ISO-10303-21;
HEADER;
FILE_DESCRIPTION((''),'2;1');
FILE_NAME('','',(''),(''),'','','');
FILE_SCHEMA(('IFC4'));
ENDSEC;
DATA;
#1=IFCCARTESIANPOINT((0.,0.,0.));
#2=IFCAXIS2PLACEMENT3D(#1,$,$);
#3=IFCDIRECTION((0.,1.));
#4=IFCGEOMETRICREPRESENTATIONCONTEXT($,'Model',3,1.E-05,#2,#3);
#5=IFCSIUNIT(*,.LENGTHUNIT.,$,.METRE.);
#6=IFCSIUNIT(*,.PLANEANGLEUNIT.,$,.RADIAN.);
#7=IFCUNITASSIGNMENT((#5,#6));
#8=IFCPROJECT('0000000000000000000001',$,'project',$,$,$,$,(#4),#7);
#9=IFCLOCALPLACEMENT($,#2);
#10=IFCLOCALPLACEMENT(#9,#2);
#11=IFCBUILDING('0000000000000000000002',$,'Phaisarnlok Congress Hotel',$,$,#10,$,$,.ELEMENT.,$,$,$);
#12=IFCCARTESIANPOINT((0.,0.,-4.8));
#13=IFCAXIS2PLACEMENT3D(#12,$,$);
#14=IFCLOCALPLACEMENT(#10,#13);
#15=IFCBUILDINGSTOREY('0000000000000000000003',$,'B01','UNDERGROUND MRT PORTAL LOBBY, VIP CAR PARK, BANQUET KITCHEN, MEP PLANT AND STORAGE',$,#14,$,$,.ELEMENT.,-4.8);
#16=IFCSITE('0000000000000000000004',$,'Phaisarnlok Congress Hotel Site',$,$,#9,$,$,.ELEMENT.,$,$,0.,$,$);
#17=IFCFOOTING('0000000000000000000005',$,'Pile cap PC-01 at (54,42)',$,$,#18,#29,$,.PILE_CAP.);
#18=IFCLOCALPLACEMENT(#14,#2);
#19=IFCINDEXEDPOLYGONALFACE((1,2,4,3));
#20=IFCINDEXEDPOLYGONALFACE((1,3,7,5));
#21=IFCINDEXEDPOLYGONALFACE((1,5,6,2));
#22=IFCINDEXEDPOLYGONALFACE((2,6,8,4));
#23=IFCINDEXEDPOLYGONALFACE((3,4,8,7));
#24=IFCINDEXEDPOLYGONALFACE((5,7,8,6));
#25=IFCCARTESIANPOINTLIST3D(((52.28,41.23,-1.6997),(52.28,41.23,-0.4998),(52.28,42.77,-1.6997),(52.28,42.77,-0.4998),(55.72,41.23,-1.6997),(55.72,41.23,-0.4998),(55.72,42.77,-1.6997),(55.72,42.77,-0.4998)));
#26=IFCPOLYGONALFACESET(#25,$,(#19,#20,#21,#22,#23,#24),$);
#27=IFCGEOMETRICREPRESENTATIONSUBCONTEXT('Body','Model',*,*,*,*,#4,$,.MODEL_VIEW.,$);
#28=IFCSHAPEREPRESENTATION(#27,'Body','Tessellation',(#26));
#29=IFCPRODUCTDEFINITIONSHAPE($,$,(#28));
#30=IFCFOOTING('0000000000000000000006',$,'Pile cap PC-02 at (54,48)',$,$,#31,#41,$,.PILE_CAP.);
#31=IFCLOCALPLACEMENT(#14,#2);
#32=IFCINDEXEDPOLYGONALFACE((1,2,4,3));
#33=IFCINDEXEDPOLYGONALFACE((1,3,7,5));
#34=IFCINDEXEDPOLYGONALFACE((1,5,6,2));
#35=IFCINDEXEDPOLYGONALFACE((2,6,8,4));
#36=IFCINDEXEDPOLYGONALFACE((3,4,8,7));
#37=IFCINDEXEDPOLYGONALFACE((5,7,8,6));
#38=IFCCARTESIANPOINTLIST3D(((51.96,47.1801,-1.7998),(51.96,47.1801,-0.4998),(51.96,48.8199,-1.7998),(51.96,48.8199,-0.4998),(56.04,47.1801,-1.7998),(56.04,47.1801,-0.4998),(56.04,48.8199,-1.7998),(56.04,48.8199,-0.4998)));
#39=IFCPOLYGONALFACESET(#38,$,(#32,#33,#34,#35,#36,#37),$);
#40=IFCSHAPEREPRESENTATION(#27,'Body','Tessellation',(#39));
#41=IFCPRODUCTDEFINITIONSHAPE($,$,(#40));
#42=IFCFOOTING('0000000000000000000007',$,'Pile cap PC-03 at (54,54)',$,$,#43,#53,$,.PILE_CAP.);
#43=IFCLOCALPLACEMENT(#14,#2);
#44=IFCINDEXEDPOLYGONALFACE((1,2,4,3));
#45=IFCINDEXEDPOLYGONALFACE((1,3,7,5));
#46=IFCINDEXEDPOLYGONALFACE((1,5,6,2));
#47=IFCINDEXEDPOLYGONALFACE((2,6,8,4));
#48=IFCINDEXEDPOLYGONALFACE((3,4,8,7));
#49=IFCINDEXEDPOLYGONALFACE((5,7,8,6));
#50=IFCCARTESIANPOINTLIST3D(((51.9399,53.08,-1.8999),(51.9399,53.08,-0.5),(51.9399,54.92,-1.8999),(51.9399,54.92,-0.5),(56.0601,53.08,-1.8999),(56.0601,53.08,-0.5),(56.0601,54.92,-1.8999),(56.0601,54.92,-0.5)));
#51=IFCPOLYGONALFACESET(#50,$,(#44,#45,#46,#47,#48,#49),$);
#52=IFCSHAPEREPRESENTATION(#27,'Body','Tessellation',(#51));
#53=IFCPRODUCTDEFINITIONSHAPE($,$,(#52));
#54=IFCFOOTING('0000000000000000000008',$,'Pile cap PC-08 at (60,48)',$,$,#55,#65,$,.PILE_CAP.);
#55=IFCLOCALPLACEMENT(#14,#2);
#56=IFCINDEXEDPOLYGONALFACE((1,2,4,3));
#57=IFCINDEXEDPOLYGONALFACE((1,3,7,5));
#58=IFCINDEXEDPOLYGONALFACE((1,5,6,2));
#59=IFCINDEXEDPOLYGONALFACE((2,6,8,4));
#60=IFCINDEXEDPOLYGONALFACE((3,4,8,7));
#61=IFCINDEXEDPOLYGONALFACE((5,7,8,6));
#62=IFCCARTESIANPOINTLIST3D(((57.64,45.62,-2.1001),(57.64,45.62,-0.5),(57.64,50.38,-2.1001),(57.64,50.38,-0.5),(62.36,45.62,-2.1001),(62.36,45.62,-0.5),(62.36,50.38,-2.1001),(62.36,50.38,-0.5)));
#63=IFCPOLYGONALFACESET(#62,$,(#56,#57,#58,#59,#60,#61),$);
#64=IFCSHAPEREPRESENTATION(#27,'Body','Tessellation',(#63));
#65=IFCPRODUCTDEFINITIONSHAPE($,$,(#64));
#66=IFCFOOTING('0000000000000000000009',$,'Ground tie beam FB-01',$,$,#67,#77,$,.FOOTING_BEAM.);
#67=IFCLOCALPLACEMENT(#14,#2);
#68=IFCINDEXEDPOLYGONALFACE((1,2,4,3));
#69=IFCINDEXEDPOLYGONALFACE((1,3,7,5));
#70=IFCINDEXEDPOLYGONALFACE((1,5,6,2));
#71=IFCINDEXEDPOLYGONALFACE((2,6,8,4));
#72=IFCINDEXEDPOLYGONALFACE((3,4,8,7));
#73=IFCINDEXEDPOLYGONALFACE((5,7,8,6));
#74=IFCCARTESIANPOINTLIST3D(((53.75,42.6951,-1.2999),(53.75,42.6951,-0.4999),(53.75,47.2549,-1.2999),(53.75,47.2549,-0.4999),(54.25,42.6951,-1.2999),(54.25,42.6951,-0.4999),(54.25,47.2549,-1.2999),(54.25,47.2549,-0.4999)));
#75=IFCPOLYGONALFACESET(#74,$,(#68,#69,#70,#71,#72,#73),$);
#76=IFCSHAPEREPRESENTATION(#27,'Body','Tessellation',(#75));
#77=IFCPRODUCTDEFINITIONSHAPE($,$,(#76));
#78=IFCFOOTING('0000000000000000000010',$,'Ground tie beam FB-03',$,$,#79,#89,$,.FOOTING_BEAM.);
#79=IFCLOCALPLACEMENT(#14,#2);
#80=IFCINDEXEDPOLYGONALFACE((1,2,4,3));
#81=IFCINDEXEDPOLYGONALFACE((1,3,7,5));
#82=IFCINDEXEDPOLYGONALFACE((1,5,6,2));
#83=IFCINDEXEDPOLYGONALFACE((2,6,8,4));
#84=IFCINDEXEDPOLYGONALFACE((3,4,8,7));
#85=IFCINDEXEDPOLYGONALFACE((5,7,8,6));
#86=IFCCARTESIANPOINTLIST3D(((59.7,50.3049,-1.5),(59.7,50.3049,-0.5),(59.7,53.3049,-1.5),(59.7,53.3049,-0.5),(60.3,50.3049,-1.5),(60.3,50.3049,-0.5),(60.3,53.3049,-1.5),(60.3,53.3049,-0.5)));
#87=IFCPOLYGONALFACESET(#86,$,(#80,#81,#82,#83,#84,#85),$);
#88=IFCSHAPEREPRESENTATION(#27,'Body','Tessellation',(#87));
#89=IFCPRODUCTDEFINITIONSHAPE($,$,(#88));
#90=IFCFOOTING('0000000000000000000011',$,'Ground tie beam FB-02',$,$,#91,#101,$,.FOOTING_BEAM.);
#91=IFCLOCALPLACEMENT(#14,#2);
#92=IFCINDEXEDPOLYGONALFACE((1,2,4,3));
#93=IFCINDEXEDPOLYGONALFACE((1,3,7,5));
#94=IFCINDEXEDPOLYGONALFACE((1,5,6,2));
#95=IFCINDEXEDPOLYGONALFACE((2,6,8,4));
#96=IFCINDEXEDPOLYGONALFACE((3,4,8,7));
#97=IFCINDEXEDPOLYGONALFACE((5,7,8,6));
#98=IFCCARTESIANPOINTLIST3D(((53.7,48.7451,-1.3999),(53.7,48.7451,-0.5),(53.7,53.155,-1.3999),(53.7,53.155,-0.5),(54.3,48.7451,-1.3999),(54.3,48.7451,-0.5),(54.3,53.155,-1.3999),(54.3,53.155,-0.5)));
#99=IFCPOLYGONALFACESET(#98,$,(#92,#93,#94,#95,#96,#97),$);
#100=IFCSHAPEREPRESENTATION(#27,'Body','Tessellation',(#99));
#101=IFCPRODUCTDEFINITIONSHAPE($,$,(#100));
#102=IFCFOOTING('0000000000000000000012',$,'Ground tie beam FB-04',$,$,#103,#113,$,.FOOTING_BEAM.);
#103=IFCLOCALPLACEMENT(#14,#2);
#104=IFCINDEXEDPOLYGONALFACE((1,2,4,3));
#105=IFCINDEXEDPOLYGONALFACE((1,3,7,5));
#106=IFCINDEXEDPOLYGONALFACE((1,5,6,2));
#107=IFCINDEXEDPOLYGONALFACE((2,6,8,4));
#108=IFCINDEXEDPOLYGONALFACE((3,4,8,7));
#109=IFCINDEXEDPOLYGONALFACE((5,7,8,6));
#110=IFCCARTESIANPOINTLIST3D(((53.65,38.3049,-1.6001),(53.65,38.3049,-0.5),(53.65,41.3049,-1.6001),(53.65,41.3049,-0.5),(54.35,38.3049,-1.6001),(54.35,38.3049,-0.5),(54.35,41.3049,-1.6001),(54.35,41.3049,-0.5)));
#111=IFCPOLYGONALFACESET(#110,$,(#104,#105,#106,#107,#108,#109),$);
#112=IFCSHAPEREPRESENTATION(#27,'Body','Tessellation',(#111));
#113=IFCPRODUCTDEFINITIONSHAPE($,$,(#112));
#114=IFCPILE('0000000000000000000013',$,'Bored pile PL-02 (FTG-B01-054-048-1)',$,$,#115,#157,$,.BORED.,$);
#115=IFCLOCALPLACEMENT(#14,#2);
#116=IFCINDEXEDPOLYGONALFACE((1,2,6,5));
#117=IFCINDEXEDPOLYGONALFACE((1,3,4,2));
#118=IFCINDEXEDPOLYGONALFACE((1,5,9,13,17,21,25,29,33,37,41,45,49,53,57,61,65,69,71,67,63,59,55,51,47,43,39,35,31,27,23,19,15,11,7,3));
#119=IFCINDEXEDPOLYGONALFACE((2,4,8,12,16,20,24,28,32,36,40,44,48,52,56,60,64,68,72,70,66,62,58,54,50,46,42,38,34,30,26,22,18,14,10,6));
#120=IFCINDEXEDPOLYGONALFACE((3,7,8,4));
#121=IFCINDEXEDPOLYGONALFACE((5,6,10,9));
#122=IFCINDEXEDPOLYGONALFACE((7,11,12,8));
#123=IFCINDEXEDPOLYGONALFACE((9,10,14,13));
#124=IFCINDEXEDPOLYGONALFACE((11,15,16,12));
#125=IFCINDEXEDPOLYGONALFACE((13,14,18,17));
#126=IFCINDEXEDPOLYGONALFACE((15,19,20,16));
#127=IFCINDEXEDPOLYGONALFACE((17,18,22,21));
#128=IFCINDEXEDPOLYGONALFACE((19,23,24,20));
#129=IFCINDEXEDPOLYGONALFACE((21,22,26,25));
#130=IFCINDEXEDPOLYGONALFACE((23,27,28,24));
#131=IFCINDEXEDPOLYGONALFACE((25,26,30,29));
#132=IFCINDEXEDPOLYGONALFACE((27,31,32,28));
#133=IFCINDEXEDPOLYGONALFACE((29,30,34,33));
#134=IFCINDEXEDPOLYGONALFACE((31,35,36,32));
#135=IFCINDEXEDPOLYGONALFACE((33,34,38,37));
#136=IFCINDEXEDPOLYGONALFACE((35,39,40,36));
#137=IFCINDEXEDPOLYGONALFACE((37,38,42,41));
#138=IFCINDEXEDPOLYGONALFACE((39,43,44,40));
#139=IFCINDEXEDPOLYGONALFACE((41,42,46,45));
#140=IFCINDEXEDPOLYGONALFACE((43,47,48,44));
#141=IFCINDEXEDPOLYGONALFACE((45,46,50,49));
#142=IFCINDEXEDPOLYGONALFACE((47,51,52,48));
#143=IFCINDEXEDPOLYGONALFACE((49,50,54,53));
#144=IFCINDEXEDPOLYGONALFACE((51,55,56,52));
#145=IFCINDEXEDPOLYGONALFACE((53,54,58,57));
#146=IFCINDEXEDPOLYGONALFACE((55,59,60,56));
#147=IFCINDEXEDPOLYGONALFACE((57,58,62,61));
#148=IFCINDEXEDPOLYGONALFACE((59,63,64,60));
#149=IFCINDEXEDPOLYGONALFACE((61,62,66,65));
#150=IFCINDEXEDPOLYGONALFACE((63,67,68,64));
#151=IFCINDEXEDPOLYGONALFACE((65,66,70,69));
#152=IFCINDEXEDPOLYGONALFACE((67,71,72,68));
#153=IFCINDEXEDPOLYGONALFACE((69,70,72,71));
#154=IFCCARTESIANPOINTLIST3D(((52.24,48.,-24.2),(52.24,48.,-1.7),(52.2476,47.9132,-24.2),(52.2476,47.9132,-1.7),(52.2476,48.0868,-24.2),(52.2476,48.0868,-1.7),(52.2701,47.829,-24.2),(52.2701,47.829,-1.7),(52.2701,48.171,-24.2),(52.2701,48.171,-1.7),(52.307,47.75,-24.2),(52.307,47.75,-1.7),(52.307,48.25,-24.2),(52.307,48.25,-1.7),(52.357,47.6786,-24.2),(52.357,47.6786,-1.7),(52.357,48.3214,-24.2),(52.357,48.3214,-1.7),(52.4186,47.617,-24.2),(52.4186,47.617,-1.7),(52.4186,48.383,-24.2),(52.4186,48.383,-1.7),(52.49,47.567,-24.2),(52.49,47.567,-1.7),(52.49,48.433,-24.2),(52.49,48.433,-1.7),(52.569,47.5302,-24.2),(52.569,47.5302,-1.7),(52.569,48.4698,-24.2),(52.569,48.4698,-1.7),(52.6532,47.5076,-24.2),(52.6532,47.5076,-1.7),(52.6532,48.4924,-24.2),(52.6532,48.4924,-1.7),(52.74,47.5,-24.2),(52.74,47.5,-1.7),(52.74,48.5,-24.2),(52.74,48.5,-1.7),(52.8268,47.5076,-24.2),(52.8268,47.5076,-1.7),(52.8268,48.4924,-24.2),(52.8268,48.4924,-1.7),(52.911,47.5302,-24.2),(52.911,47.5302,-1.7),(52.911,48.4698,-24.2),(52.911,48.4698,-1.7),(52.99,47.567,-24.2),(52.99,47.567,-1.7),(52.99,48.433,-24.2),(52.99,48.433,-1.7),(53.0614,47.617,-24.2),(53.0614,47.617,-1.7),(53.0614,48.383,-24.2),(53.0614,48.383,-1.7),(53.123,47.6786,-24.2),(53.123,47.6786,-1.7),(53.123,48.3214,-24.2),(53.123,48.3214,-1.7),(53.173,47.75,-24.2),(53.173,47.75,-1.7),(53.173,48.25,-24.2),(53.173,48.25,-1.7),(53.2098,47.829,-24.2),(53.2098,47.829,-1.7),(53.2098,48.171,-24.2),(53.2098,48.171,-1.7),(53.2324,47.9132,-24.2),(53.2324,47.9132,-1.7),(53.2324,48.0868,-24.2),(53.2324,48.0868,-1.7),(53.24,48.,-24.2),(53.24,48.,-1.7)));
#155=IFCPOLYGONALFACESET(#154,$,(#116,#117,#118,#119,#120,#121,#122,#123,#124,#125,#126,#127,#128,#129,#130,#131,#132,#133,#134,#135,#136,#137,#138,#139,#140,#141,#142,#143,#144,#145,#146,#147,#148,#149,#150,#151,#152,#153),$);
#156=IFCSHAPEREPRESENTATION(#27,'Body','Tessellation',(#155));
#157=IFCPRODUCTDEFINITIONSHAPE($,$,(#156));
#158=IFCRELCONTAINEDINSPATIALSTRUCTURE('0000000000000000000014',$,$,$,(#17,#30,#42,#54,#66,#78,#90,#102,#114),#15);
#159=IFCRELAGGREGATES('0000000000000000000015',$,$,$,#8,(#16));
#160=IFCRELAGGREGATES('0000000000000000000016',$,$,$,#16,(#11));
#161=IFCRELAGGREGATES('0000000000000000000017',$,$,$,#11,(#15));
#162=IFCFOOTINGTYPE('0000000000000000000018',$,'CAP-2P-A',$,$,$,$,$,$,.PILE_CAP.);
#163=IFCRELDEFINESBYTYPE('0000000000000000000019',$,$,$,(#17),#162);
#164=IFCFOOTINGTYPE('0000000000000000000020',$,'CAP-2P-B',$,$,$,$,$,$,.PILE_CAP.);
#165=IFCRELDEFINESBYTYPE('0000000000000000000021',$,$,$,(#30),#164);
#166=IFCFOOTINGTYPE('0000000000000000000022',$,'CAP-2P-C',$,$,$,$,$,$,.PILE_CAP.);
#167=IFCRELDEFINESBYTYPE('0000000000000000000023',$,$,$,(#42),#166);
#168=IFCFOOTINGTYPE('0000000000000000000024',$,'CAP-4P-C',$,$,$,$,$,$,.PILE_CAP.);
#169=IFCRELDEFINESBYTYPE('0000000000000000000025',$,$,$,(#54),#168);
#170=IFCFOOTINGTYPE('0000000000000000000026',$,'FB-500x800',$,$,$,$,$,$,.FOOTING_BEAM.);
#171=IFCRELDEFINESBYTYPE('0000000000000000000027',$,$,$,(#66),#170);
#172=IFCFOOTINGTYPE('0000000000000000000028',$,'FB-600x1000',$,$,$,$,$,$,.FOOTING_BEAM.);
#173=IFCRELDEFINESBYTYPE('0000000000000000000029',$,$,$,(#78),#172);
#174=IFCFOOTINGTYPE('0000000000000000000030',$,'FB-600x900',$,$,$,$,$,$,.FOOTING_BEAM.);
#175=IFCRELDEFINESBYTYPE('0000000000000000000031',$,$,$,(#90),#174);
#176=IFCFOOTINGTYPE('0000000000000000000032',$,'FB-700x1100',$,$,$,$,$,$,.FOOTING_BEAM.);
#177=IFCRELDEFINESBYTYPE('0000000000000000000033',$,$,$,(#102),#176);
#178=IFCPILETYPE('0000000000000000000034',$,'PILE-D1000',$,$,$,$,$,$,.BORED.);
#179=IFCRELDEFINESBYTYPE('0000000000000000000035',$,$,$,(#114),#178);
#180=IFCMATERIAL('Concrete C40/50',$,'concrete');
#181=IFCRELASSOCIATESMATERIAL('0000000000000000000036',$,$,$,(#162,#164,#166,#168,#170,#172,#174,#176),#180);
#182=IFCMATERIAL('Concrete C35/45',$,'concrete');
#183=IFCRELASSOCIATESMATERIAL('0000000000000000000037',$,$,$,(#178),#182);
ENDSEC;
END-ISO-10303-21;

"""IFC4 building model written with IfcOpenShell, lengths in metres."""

from ifc_helpers import new_model, si_unit, direction, frame, origin, origin_2d, place, context, subcontext, project, spatial, rectangle, circle, extrude, material, material_profile, profile_set, type_object, element, save


model = new_model("IFC4")

# Units and contexts
model_context = context("Model", 3, precision=1e-05, world=origin(), true_north=direction((0.0, 1.0)))
body_context = subcontext(model_context, "Body", "Model", "MODEL_VIEW")
ifc_project = project(units=[si_unit("LENGTHUNIT", "METRE"), si_unit("PLANEANGLEUNIT", "RADIAN")], contexts=[model_context])

# Site, building, storey
site_placement = place(None, origin())
site = spatial("IfcSite", under=ifc_project, at=site_placement, Name="Phaisarnlok Congress Hotel Site", CompositionType="ELEMENT", RefElevation=0.0)
building_placement = place(site_placement, origin())
building = spatial("IfcBuilding", under=site, at=building_placement, Name="Phaisarnlok Congress Hotel", CompositionType="ELEMENT")
storey_placement = place(building_placement, frame((0.0, 0.0, -4.8)))
storey = spatial("IfcBuildingStorey", under=building, at=storey_placement, Name="B01", Description="UNDERGROUND MRT PORTAL LOBBY, VIP CAR PARK, BANQUET KITCHEN, MEP PLANT AND STORAGE", CompositionType="ELEMENT", Elevation=-4.8)

# Footings
ifc_material_1 = material(Name="Concrete C40/50", Category="concrete")
footing_type_1 = type_object("IfcFootingType", Name="CAP-2P-A", PredefinedType="PILE_CAP", material=ifc_material_1)
footing_1_placement = place(storey_placement, frame((54.0, 42.0, -1.6997), z_axis=(0.0, 0.0, 1.0), x_axis=(1.0, 0.0, 0.0)))
element("IfcFooting", 1, at=footing_1_placement, inside=storey, type_object=footing_type_1, Name="Pile cap PC-01 at (54,42)", PredefinedType="PILE_CAP", context=body_context, shape_type="SweptSolid", body=[
    extrude(rectangle(XDim=3.4399, YDim=1.54, at=origin_2d()), origin(), (0.0, 0.0, 1.0), 1.2),
])
footing_type_2 = type_object("IfcFootingType", Name="CAP-2P-B", PredefinedType="PILE_CAP", material=ifc_material_1)
footing_2_placement = place(storey_placement, frame((54.0, 48.0, -1.7998), z_axis=(0.0, 0.0, 1.0), x_axis=(1.0, 0.0, 0.0)))
element("IfcFooting", 2, at=footing_2_placement, inside=storey, type_object=footing_type_2, Name="Pile cap PC-02 at (54,48)", PredefinedType="PILE_CAP", context=body_context, shape_type="SweptSolid", body=[
    extrude(rectangle(XDim=4.0801, YDim=1.6399, at=origin_2d()), origin(), (0.0, 0.0, 1.0), 1.3),
])
footing_type_3 = type_object("IfcFootingType", Name="CAP-2P-C", PredefinedType="PILE_CAP", material=ifc_material_1)
footing_3_placement = place(storey_placement, frame((54.0, 54.0, -1.8999), z_axis=(0.0, 0.0, 1.0), x_axis=(1.0, 0.0, 0.0)))
element("IfcFooting", 3, at=footing_3_placement, inside=storey, type_object=footing_type_3, Name="Pile cap PC-03 at (54,54)", PredefinedType="PILE_CAP", context=body_context, shape_type="SweptSolid", body=[
    extrude(rectangle(XDim=4.1201, YDim=1.8401, at=origin_2d()), origin(), (0.0, 0.0, 1.0), 1.3999),
])
footing_type_4 = type_object("IfcFootingType", Name="CAP-4P-C", PredefinedType="PILE_CAP", material=ifc_material_1)
footing_4_placement = place(storey_placement, frame((60.0, 48.0, -2.1001), z_axis=(0.0, 0.0, 1.0), x_axis=(1.0, 0.0, 0.0)))
element("IfcFooting", 4, at=footing_4_placement, inside=storey, type_object=footing_type_4, Name="Pile cap PC-08 at (60,48)", PredefinedType="PILE_CAP", context=body_context, shape_type="SweptSolid", body=[
    extrude(rectangle(XDim=4.72, YDim=4.76, at=origin_2d()), origin(), (0.0, 0.0, 1.0), 1.6001),
])
ifc_material_profile_1 = material_profile(ifc_material_1, rectangle(XDim=0.5, YDim=0.8, at=origin_2d()), Name="FB-500x800")
ifc_profile_set_1 = profile_set([ifc_material_profile_1], Name="Concrete C40/50")
footing_type_5 = type_object("IfcFootingType", Name="FB-500x800", PredefinedType="FOOTING_BEAM", material=ifc_profile_set_1)
footing_5_placement = place(storey_placement, frame((54.0, 42.6951, -0.8999), z_axis=(0.0, 1.0, 0.0), x_axis=(-1.0, 0.0, 0.0)))
element("IfcFooting", 5, at=footing_5_placement, inside=storey, type_object=footing_type_5, Name="Ground tie beam FB-01", PredefinedType="FOOTING_BEAM", context=body_context, shape_type="SweptSolid", body=[
    extrude(rectangle(XDim=0.5, YDim=0.8, at=origin_2d()), origin(), (0.0, 0.0, 1.0), 4.5598),
])
ifc_material_profile_2 = material_profile(ifc_material_1, rectangle(XDim=0.6001, YDim=1.0, at=origin_2d()), Name="FB-600x1000")
ifc_profile_set_2 = profile_set([ifc_material_profile_2], Name="Concrete C40/50")
footing_type_6 = type_object("IfcFootingType", Name="FB-600x1000", PredefinedType="FOOTING_BEAM", material=ifc_profile_set_2)
footing_6_placement = place(storey_placement, frame((60.0, 50.3049, -1.0), z_axis=(0.0, 1.0, 0.0), x_axis=(-1.0, 0.0, 0.0)))
element("IfcFooting", 6, at=footing_6_placement, inside=storey, type_object=footing_type_6, Name="Ground tie beam FB-03", PredefinedType="FOOTING_BEAM", context=body_context, shape_type="SweptSolid", body=[
    extrude(rectangle(XDim=0.6001, YDim=1.0, at=origin_2d()), origin(), (0.0, 0.0, 1.0), 3.0),
])
ifc_material_profile_3 = material_profile(ifc_material_1, rectangle(XDim=0.6001, YDim=0.8999, at=origin_2d()), Name="FB-600x900")
ifc_profile_set_3 = profile_set([ifc_material_profile_3], Name="Concrete C40/50")
footing_type_7 = type_object("IfcFootingType", Name="FB-600x900", PredefinedType="FOOTING_BEAM", material=ifc_profile_set_3)
footing_7_placement = place(storey_placement, frame((54.0, 48.7451, -0.95), z_axis=(0.0, 1.0, 0.0), x_axis=(-1.0, 0.0, 0.0)))
element("IfcFooting", 7, at=footing_7_placement, inside=storey, type_object=footing_type_7, Name="Ground tie beam FB-02", PredefinedType="FOOTING_BEAM", context=body_context, shape_type="SweptSolid", body=[
    extrude(rectangle(XDim=0.6001, YDim=0.8999, at=origin_2d()), origin(), (0.0, 0.0, 1.0), 4.4099),
])
ifc_material_profile_4 = material_profile(ifc_material_1, rectangle(XDim=0.7, YDim=1.1001, at=origin_2d()), Name="FB-700x1100")
ifc_profile_set_4 = profile_set([ifc_material_profile_4], Name="Concrete C40/50")
footing_type_8 = type_object("IfcFootingType", Name="FB-700x1100", PredefinedType="FOOTING_BEAM", material=ifc_profile_set_4)
footing_8_placement = place(storey_placement, frame((54.0, 38.3049, -1.05), z_axis=(0.0, 1.0, 0.0), x_axis=(-1.0, 0.0, 0.0)))
element("IfcFooting", 8, at=footing_8_placement, inside=storey, type_object=footing_type_8, Name="Ground tie beam FB-04", PredefinedType="FOOTING_BEAM", context=body_context, shape_type="SweptSolid", body=[
    extrude(rectangle(XDim=0.7, YDim=1.1001, at=origin_2d()), origin(), (0.0, 0.0, 1.0), 3.0),
])

# Pile
ifc_material_2 = material(Name="Concrete C35/45", Category="concrete")
ifc_material_profile_5 = material_profile(ifc_material_2, circle(Radius=0.5, at=origin_2d()), Name="BORED PILE D1000")
ifc_profile_set_5 = profile_set([ifc_material_profile_5], Name="Concrete C35/45")
pile_type_1 = type_object("IfcPileType", Name="PILE-D1000", PredefinedType="BORED", material=ifc_profile_set_5)
for number, where, z_axis, x_axis, name in (
    (9, (52.74, 48.0, -1.7), (0.0, 0.0, -1.0), (1.0, 0.0, 0.0), "Bored pile PL-02 (FTG-B01-054-048-1)"),
):
    element("IfcPile", number, at=place(storey_placement, frame(where, z_axis=z_axis, x_axis=x_axis)), inside=storey, type_object=pile_type_1, Name=name, PredefinedType="BORED", context=body_context, shape_type="SweptSolid", body=[
        extrude(circle(Radius=0.5, at=origin_2d()), origin(), (0.0, 0.0, 1.0), 22.5),
    ])

save(model, "model.ifc")
